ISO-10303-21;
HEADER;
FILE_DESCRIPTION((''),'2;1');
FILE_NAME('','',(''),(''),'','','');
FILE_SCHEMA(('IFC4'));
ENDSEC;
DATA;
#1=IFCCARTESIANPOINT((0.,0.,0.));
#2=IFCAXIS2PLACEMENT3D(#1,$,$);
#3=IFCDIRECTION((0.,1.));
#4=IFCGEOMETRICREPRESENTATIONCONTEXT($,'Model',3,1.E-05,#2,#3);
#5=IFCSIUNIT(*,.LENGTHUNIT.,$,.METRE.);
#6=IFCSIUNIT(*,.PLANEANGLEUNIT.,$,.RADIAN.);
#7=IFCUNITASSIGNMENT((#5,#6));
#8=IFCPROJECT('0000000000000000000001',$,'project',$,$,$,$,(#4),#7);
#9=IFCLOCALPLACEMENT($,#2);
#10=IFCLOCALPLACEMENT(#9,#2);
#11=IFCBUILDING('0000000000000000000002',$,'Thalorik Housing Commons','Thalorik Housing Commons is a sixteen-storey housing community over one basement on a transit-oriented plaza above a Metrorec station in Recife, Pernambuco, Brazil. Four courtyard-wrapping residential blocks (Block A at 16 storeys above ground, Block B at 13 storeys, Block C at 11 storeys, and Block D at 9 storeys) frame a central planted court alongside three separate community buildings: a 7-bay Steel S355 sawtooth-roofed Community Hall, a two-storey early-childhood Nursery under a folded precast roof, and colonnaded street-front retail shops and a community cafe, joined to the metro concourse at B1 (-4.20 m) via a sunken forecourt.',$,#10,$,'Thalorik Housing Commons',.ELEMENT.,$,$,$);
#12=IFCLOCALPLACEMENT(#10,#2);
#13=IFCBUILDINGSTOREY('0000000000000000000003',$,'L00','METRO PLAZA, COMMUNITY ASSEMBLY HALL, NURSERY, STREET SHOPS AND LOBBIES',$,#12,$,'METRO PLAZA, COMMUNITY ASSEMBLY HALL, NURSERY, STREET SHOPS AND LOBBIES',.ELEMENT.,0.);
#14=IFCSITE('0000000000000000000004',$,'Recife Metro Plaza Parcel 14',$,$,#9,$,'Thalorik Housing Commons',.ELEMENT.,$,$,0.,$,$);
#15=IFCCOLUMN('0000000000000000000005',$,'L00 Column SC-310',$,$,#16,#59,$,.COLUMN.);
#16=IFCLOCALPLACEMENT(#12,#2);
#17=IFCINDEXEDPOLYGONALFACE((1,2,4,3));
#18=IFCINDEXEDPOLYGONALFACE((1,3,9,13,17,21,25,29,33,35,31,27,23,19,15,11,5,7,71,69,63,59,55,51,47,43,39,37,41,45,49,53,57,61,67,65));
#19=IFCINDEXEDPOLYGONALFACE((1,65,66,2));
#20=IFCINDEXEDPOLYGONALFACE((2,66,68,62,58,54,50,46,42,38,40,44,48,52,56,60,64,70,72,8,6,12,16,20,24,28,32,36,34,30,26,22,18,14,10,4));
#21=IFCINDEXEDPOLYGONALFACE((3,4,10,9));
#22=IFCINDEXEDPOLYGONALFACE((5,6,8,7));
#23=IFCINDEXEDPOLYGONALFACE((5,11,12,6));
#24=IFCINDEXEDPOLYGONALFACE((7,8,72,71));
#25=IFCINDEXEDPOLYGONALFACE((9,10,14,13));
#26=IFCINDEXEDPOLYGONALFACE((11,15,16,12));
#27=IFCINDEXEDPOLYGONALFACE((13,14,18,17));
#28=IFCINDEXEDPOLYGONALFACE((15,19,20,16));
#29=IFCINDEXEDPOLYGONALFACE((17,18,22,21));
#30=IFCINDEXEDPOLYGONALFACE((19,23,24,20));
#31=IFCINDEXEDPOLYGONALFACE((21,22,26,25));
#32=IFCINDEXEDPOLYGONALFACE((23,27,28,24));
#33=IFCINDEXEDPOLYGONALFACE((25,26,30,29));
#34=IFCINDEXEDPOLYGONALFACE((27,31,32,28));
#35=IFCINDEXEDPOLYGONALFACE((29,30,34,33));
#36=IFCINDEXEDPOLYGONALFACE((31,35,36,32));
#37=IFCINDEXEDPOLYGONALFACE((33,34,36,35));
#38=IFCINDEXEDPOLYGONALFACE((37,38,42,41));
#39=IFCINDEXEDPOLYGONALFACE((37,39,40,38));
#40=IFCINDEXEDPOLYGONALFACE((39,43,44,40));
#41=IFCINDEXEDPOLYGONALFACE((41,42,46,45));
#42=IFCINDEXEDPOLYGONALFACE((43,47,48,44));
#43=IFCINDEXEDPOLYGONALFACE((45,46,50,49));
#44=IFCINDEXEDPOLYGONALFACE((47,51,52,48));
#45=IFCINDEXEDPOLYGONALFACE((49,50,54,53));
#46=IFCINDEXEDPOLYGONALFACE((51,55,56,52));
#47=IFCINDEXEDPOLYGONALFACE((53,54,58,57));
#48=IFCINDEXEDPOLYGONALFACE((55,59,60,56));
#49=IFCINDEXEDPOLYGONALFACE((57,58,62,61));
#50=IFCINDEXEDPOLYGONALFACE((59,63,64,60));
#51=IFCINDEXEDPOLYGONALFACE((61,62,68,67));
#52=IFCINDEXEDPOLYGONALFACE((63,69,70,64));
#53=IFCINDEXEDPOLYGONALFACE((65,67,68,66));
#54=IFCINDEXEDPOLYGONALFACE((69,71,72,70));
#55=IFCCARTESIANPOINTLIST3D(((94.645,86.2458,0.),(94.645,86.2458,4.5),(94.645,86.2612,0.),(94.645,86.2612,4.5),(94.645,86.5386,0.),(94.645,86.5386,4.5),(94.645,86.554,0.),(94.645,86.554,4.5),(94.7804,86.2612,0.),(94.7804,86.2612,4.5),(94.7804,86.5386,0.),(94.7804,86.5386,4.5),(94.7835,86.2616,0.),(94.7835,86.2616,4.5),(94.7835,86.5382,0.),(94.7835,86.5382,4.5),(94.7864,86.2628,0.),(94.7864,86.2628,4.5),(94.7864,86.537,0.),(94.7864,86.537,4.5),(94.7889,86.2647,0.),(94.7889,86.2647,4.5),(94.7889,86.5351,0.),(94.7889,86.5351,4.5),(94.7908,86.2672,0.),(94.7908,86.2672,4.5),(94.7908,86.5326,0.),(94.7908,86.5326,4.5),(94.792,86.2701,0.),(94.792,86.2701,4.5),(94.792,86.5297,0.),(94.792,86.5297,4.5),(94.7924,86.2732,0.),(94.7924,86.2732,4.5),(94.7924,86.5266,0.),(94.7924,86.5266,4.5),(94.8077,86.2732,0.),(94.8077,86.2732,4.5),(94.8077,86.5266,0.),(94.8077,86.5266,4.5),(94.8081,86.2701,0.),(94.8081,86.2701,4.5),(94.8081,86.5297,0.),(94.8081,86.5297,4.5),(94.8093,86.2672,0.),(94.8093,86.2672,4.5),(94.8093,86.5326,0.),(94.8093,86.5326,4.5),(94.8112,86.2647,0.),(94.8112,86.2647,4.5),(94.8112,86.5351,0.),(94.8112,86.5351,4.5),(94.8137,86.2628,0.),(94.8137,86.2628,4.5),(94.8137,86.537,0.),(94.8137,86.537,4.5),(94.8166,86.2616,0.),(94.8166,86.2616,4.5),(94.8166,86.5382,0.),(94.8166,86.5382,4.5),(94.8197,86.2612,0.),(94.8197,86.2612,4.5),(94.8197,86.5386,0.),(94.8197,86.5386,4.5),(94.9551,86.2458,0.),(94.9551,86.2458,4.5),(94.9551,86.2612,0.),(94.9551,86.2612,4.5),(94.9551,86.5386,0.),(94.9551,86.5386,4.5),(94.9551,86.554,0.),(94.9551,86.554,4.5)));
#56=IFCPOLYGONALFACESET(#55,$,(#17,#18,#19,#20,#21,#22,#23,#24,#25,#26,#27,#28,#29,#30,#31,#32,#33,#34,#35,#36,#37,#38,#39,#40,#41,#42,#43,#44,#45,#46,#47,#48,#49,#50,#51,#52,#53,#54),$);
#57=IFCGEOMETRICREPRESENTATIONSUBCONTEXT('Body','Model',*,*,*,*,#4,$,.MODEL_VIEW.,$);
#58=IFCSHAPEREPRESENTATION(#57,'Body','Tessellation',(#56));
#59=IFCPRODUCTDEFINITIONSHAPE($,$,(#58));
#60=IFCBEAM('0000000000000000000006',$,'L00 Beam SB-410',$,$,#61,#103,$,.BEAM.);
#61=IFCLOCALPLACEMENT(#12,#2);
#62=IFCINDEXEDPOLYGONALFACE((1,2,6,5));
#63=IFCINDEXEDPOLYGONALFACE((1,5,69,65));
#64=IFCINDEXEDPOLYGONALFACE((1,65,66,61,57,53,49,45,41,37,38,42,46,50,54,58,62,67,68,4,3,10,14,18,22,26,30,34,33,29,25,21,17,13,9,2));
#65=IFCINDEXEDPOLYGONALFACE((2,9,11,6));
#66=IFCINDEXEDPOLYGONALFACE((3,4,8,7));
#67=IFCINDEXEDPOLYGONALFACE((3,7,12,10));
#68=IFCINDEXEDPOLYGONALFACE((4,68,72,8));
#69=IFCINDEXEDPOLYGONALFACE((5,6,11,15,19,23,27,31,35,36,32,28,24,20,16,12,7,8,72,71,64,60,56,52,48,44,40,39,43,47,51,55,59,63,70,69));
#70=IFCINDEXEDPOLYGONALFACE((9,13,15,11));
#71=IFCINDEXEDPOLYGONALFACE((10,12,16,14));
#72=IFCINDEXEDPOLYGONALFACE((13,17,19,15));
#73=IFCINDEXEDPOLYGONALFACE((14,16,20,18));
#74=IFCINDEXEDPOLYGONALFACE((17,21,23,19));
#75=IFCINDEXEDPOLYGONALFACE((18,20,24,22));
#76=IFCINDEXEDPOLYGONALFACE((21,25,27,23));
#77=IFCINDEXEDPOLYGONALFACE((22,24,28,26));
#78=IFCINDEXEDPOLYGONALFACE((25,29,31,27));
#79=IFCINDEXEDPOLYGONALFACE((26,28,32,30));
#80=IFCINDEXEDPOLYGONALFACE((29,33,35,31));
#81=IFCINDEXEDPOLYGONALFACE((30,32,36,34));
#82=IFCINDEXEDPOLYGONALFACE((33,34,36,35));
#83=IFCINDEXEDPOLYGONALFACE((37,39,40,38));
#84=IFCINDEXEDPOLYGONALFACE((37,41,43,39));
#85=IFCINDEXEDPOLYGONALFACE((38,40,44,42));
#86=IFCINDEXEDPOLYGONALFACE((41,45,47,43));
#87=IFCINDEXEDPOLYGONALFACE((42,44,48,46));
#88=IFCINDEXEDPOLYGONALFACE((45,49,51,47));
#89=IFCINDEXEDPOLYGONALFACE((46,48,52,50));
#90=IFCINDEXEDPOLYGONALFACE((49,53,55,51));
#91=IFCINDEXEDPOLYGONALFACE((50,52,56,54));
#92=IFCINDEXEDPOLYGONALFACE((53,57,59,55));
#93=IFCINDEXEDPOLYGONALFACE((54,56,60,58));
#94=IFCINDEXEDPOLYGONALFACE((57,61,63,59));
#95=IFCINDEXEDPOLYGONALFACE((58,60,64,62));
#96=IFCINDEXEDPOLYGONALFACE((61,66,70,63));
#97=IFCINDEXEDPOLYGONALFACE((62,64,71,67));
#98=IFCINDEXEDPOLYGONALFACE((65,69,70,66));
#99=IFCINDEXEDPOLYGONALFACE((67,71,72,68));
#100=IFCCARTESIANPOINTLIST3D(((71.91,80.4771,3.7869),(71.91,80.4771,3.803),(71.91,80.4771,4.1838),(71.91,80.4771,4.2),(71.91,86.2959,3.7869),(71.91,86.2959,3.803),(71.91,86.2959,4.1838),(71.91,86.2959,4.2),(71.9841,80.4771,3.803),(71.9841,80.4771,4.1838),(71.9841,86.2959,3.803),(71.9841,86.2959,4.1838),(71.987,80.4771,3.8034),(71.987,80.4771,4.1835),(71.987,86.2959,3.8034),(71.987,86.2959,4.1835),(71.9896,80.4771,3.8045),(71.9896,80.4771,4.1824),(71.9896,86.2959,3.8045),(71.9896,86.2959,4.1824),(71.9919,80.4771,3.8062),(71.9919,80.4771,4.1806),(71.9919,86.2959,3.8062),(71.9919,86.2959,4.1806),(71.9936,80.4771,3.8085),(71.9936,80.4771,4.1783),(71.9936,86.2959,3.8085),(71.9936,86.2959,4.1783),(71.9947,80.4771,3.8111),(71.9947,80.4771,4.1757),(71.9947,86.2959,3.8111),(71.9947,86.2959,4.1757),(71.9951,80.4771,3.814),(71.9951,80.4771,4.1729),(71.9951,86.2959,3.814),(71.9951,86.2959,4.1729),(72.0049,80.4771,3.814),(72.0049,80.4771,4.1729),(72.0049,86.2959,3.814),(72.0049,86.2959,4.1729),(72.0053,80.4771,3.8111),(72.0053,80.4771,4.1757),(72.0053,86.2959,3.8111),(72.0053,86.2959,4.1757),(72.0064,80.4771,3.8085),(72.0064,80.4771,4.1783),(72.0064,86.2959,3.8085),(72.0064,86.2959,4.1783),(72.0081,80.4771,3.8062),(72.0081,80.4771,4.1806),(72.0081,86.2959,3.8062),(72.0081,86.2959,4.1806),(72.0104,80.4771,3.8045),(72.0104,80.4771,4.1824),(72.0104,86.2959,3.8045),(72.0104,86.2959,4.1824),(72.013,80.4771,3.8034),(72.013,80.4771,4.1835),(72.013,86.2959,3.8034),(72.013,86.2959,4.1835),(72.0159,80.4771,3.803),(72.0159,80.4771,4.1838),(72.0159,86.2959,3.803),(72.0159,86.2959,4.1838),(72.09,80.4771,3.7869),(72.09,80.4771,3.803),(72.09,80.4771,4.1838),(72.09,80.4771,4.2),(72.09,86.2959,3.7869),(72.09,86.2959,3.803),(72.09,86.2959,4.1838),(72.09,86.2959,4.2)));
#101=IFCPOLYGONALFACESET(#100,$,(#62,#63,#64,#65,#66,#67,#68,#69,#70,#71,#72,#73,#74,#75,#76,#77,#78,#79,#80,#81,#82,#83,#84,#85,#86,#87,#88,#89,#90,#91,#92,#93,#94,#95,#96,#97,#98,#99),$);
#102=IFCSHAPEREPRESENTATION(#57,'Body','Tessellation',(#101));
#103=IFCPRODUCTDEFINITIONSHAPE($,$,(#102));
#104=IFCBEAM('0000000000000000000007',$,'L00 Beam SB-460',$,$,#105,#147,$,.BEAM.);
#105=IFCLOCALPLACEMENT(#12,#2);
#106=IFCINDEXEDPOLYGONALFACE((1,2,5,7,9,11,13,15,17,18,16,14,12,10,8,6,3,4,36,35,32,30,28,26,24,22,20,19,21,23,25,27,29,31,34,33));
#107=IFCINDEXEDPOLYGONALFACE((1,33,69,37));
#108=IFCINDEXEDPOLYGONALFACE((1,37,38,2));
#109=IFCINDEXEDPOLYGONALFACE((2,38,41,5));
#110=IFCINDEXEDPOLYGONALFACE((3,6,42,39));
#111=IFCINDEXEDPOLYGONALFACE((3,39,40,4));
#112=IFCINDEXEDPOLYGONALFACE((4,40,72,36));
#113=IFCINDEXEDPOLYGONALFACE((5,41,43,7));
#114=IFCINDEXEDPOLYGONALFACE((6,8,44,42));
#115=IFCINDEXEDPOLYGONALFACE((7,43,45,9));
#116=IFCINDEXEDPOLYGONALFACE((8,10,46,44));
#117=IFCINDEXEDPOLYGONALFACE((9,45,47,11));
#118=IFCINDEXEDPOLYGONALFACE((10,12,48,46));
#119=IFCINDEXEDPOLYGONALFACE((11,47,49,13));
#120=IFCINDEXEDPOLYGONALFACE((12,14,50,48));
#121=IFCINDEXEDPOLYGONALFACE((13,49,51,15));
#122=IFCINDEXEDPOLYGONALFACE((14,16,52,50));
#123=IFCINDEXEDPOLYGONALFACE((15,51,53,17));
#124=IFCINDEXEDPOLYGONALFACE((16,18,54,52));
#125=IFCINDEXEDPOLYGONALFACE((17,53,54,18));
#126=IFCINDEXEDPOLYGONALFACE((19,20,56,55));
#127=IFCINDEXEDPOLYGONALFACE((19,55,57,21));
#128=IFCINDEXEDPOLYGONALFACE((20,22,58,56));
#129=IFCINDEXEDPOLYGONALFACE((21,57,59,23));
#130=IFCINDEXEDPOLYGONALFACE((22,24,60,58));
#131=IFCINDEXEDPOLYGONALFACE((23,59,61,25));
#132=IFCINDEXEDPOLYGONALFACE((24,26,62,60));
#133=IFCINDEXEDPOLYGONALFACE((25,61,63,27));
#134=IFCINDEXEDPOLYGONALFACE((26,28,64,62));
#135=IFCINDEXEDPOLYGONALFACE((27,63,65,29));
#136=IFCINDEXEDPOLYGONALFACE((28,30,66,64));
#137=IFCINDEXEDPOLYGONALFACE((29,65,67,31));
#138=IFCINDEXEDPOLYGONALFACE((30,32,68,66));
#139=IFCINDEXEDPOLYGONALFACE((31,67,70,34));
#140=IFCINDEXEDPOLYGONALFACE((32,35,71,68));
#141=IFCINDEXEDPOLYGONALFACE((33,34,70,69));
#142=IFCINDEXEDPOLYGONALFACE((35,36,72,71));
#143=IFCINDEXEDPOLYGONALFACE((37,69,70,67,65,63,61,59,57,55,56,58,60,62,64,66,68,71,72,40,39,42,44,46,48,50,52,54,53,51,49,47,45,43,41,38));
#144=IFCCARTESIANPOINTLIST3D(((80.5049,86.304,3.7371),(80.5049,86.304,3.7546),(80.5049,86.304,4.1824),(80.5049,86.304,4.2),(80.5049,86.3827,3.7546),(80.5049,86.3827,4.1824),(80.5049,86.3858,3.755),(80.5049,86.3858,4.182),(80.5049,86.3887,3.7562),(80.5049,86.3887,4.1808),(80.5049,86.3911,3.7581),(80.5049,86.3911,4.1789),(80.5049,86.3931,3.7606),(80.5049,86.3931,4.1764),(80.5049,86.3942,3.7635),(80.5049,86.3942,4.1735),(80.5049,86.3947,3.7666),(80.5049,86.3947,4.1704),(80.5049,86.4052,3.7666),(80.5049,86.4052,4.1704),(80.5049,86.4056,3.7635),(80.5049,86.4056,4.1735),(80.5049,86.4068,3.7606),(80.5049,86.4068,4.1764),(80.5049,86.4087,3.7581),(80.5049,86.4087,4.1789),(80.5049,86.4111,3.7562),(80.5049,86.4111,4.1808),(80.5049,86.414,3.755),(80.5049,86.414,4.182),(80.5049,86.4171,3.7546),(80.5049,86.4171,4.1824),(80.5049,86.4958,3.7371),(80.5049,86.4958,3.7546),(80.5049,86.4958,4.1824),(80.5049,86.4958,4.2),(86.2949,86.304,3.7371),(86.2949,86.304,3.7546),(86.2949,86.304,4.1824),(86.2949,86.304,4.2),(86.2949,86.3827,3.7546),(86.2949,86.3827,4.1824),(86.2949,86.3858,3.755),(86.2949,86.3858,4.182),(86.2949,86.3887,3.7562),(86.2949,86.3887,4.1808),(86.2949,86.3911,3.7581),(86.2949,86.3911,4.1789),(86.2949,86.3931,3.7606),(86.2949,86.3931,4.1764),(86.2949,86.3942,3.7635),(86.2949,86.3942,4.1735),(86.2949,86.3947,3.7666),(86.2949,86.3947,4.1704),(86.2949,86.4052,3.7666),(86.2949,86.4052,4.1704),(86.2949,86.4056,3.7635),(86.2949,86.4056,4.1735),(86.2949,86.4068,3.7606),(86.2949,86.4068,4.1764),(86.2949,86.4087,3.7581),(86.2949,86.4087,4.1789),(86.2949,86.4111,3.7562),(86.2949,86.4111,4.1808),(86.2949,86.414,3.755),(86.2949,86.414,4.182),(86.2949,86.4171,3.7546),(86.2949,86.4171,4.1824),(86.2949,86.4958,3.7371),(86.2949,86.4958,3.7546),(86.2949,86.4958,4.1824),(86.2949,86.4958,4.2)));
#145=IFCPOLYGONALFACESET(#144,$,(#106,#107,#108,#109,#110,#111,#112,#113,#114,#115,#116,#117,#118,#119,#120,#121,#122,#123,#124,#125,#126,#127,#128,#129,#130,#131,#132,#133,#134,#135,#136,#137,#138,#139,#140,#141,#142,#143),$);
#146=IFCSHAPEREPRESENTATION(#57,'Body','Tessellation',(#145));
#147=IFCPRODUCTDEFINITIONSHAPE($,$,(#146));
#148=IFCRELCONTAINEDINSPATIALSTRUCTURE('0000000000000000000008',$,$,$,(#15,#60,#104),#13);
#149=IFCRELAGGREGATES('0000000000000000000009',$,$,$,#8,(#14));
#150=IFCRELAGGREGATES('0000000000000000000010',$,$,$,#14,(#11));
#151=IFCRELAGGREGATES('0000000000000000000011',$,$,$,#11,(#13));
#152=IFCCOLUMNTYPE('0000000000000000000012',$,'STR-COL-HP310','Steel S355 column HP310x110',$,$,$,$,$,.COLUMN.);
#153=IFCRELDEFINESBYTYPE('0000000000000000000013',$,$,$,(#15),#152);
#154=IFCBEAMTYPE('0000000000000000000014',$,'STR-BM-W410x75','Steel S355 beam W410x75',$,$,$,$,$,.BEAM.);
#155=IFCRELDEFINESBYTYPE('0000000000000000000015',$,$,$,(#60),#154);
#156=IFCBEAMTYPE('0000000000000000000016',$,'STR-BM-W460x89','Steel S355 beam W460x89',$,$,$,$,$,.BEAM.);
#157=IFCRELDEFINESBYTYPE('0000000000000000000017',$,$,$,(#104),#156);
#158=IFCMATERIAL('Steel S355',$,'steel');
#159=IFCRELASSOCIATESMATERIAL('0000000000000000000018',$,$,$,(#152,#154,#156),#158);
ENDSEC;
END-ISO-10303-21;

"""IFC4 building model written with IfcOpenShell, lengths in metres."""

from ifc_helpers import new_model, si_unit, direction, frame, origin, origin_2d, place, context, subcontext, project, spatial, i_section, extrude, material, material_profile, profile_set, type_object, element, save


model = new_model("IFC4")

# Units and contexts
model_context = context("Model", 3, precision=1e-05, world=origin(), true_north=direction((0.0, 1.0)))
body_context = subcontext(model_context, "Body", "Model", "MODEL_VIEW")
ifc_project = project(units=[si_unit("LENGTHUNIT", "METRE"), si_unit("PLANEANGLEUNIT", "RADIAN")], contexts=[model_context])

# Site, building, storey
site_placement = place(None, origin())
site = spatial("IfcSite", under=ifc_project, at=site_placement, Name="Recife Metro Plaza Parcel 14", LongName="Thalorik Housing Commons", CompositionType="ELEMENT", RefElevation=0.0)
building_placement = place(site_placement, origin())
building = spatial("IfcBuilding", under=site, at=building_placement, Name="Thalorik Housing Commons", Description="Thalorik Housing Commons is a sixteen-storey housing community over one basement on a transit-oriented plaza above a Metrorec station in Recife, Pernambuco, Brazil. Four courtyard-wrapping residential blocks (Block A at 16 storeys above ground, Block B at 13 storeys, Block C at 11 storeys, and Block D at 9 storeys) frame a central planted court alongside three separate community buildings: a 7-bay Steel S355 sawtooth-roofed Community Hall, a two-storey early-childhood Nursery under a folded precast roof, and colonnaded street-front retail shops and a community cafe, joined to the metro concourse at B1 (-4.20 m) via a sunken forecourt.", LongName="Thalorik Housing Commons", CompositionType="ELEMENT")
storey_placement = place(building_placement, origin())
storey = spatial("IfcBuildingStorey", under=building, at=storey_placement, Name="L00", Description="METRO PLAZA, COMMUNITY ASSEMBLY HALL, NURSERY, STREET SHOPS AND LOBBIES", LongName="METRO PLAZA, COMMUNITY ASSEMBLY HALL, NURSERY, STREET SHOPS AND LOBBIES", CompositionType="ELEMENT", Elevation=0.0)

# Column
ifc_material_1 = material(Name="Steel S355", Category="steel")
ifc_material_profile_1 = material_profile(ifc_material_1, i_section(OverallWidth=0.3101, OverallDepth=0.3081, WebThickness=0.0154, FlangeThickness=0.0154, FilletRadius=0.012, at=origin_2d()), Name="HP310x110", Category="steel")
ifc_profile_set_1 = profile_set([ifc_material_profile_1], Name="Steel S355")
column_type_1 = type_object("IfcColumnType", Name="STR-COL-HP310", Description="Steel S355 column HP310x110", PredefinedType="COLUMN", material=ifc_profile_set_1)
for number, where, z_axis, x_axis, name in (
    (1, (94.8, 86.3999, 0.0), (0.0, 0.0, 1.0), (1.0, 0.0, 0.0), "L00 Column SC-310"),
):
    element("IfcColumn", number, at=place(storey_placement, frame(where, z_axis=z_axis, x_axis=x_axis)), inside=storey, type_object=column_type_1, Name=name, PredefinedType="COLUMN", context=body_context, shape_type="SweptSolid", body=[
        extrude(i_section(OverallWidth=0.3101, OverallDepth=0.3081, WebThickness=0.0154, FlangeThickness=0.0154, FilletRadius=0.012, at=origin_2d()), origin(), (0.0, 0.0, 1.0), 4.5),
    ])

# Beams
ifc_material_profile_2 = material_profile(ifc_material_1, i_section(OverallWidth=0.1799, OverallDepth=0.4131, WebThickness=0.0098, FlangeThickness=0.0161, FilletRadius=0.011, at=origin_2d()), Name="W410x75", Category="steel")
ifc_profile_set_2 = profile_set([ifc_material_profile_2], Name="Steel S355")
beam_type_1 = type_object("IfcBeamType", Name="STR-BM-W410x75", Description="Steel S355 beam W410x75", PredefinedType="BEAM", material=ifc_profile_set_2)
beam_1_placement = place(storey_placement, frame((72.0, 80.4771, 3.9934), z_axis=(0.0, 1.0, 0.0), x_axis=(-1.0, 0.0, 0.0)))
element("IfcBeam", 2, at=beam_1_placement, inside=storey, type_object=beam_type_1, Name="L00 Beam SB-410", PredefinedType="BEAM", context=body_context, shape_type="SweptSolid", body=[
    extrude(i_section(OverallWidth=0.1799, OverallDepth=0.4131, WebThickness=0.0098, FlangeThickness=0.0161, FilletRadius=0.011, at=origin_2d()), origin(), (0.0, 0.0, 1.0), 5.8188),
])
ifc_material_profile_3 = material_profile(ifc_material_1, i_section(OverallWidth=0.1919, OverallDepth=0.4629, WebThickness=0.0105, FlangeThickness=0.0176, FilletRadius=0.012, at=origin_2d()), Name="W460x89", Category="steel")
ifc_profile_set_3 = profile_set([ifc_material_profile_3], Name="Steel S355")
beam_type_2 = type_object("IfcBeamType", Name="STR-BM-W460x89", Description="Steel S355 beam W460x89", PredefinedType="BEAM", material=ifc_profile_set_3)
beam_2_placement = place(storey_placement, frame((80.5049, 86.3999, 3.9685), z_axis=(1.0, 0.0, 0.0), x_axis=(0.0, 1.0, 0.0)))
element("IfcBeam", 3, at=beam_2_placement, inside=storey, type_object=beam_type_2, Name="L00 Beam SB-460", PredefinedType="BEAM", context=body_context, shape_type="SweptSolid", body=[
    extrude(i_section(OverallWidth=0.1919, OverallDepth=0.4629, WebThickness=0.0105, FlangeThickness=0.0176, FilletRadius=0.012, at=origin_2d()), origin(), (0.0, 0.0, 1.0), 5.79),
])

save(model, "model.ifc")
